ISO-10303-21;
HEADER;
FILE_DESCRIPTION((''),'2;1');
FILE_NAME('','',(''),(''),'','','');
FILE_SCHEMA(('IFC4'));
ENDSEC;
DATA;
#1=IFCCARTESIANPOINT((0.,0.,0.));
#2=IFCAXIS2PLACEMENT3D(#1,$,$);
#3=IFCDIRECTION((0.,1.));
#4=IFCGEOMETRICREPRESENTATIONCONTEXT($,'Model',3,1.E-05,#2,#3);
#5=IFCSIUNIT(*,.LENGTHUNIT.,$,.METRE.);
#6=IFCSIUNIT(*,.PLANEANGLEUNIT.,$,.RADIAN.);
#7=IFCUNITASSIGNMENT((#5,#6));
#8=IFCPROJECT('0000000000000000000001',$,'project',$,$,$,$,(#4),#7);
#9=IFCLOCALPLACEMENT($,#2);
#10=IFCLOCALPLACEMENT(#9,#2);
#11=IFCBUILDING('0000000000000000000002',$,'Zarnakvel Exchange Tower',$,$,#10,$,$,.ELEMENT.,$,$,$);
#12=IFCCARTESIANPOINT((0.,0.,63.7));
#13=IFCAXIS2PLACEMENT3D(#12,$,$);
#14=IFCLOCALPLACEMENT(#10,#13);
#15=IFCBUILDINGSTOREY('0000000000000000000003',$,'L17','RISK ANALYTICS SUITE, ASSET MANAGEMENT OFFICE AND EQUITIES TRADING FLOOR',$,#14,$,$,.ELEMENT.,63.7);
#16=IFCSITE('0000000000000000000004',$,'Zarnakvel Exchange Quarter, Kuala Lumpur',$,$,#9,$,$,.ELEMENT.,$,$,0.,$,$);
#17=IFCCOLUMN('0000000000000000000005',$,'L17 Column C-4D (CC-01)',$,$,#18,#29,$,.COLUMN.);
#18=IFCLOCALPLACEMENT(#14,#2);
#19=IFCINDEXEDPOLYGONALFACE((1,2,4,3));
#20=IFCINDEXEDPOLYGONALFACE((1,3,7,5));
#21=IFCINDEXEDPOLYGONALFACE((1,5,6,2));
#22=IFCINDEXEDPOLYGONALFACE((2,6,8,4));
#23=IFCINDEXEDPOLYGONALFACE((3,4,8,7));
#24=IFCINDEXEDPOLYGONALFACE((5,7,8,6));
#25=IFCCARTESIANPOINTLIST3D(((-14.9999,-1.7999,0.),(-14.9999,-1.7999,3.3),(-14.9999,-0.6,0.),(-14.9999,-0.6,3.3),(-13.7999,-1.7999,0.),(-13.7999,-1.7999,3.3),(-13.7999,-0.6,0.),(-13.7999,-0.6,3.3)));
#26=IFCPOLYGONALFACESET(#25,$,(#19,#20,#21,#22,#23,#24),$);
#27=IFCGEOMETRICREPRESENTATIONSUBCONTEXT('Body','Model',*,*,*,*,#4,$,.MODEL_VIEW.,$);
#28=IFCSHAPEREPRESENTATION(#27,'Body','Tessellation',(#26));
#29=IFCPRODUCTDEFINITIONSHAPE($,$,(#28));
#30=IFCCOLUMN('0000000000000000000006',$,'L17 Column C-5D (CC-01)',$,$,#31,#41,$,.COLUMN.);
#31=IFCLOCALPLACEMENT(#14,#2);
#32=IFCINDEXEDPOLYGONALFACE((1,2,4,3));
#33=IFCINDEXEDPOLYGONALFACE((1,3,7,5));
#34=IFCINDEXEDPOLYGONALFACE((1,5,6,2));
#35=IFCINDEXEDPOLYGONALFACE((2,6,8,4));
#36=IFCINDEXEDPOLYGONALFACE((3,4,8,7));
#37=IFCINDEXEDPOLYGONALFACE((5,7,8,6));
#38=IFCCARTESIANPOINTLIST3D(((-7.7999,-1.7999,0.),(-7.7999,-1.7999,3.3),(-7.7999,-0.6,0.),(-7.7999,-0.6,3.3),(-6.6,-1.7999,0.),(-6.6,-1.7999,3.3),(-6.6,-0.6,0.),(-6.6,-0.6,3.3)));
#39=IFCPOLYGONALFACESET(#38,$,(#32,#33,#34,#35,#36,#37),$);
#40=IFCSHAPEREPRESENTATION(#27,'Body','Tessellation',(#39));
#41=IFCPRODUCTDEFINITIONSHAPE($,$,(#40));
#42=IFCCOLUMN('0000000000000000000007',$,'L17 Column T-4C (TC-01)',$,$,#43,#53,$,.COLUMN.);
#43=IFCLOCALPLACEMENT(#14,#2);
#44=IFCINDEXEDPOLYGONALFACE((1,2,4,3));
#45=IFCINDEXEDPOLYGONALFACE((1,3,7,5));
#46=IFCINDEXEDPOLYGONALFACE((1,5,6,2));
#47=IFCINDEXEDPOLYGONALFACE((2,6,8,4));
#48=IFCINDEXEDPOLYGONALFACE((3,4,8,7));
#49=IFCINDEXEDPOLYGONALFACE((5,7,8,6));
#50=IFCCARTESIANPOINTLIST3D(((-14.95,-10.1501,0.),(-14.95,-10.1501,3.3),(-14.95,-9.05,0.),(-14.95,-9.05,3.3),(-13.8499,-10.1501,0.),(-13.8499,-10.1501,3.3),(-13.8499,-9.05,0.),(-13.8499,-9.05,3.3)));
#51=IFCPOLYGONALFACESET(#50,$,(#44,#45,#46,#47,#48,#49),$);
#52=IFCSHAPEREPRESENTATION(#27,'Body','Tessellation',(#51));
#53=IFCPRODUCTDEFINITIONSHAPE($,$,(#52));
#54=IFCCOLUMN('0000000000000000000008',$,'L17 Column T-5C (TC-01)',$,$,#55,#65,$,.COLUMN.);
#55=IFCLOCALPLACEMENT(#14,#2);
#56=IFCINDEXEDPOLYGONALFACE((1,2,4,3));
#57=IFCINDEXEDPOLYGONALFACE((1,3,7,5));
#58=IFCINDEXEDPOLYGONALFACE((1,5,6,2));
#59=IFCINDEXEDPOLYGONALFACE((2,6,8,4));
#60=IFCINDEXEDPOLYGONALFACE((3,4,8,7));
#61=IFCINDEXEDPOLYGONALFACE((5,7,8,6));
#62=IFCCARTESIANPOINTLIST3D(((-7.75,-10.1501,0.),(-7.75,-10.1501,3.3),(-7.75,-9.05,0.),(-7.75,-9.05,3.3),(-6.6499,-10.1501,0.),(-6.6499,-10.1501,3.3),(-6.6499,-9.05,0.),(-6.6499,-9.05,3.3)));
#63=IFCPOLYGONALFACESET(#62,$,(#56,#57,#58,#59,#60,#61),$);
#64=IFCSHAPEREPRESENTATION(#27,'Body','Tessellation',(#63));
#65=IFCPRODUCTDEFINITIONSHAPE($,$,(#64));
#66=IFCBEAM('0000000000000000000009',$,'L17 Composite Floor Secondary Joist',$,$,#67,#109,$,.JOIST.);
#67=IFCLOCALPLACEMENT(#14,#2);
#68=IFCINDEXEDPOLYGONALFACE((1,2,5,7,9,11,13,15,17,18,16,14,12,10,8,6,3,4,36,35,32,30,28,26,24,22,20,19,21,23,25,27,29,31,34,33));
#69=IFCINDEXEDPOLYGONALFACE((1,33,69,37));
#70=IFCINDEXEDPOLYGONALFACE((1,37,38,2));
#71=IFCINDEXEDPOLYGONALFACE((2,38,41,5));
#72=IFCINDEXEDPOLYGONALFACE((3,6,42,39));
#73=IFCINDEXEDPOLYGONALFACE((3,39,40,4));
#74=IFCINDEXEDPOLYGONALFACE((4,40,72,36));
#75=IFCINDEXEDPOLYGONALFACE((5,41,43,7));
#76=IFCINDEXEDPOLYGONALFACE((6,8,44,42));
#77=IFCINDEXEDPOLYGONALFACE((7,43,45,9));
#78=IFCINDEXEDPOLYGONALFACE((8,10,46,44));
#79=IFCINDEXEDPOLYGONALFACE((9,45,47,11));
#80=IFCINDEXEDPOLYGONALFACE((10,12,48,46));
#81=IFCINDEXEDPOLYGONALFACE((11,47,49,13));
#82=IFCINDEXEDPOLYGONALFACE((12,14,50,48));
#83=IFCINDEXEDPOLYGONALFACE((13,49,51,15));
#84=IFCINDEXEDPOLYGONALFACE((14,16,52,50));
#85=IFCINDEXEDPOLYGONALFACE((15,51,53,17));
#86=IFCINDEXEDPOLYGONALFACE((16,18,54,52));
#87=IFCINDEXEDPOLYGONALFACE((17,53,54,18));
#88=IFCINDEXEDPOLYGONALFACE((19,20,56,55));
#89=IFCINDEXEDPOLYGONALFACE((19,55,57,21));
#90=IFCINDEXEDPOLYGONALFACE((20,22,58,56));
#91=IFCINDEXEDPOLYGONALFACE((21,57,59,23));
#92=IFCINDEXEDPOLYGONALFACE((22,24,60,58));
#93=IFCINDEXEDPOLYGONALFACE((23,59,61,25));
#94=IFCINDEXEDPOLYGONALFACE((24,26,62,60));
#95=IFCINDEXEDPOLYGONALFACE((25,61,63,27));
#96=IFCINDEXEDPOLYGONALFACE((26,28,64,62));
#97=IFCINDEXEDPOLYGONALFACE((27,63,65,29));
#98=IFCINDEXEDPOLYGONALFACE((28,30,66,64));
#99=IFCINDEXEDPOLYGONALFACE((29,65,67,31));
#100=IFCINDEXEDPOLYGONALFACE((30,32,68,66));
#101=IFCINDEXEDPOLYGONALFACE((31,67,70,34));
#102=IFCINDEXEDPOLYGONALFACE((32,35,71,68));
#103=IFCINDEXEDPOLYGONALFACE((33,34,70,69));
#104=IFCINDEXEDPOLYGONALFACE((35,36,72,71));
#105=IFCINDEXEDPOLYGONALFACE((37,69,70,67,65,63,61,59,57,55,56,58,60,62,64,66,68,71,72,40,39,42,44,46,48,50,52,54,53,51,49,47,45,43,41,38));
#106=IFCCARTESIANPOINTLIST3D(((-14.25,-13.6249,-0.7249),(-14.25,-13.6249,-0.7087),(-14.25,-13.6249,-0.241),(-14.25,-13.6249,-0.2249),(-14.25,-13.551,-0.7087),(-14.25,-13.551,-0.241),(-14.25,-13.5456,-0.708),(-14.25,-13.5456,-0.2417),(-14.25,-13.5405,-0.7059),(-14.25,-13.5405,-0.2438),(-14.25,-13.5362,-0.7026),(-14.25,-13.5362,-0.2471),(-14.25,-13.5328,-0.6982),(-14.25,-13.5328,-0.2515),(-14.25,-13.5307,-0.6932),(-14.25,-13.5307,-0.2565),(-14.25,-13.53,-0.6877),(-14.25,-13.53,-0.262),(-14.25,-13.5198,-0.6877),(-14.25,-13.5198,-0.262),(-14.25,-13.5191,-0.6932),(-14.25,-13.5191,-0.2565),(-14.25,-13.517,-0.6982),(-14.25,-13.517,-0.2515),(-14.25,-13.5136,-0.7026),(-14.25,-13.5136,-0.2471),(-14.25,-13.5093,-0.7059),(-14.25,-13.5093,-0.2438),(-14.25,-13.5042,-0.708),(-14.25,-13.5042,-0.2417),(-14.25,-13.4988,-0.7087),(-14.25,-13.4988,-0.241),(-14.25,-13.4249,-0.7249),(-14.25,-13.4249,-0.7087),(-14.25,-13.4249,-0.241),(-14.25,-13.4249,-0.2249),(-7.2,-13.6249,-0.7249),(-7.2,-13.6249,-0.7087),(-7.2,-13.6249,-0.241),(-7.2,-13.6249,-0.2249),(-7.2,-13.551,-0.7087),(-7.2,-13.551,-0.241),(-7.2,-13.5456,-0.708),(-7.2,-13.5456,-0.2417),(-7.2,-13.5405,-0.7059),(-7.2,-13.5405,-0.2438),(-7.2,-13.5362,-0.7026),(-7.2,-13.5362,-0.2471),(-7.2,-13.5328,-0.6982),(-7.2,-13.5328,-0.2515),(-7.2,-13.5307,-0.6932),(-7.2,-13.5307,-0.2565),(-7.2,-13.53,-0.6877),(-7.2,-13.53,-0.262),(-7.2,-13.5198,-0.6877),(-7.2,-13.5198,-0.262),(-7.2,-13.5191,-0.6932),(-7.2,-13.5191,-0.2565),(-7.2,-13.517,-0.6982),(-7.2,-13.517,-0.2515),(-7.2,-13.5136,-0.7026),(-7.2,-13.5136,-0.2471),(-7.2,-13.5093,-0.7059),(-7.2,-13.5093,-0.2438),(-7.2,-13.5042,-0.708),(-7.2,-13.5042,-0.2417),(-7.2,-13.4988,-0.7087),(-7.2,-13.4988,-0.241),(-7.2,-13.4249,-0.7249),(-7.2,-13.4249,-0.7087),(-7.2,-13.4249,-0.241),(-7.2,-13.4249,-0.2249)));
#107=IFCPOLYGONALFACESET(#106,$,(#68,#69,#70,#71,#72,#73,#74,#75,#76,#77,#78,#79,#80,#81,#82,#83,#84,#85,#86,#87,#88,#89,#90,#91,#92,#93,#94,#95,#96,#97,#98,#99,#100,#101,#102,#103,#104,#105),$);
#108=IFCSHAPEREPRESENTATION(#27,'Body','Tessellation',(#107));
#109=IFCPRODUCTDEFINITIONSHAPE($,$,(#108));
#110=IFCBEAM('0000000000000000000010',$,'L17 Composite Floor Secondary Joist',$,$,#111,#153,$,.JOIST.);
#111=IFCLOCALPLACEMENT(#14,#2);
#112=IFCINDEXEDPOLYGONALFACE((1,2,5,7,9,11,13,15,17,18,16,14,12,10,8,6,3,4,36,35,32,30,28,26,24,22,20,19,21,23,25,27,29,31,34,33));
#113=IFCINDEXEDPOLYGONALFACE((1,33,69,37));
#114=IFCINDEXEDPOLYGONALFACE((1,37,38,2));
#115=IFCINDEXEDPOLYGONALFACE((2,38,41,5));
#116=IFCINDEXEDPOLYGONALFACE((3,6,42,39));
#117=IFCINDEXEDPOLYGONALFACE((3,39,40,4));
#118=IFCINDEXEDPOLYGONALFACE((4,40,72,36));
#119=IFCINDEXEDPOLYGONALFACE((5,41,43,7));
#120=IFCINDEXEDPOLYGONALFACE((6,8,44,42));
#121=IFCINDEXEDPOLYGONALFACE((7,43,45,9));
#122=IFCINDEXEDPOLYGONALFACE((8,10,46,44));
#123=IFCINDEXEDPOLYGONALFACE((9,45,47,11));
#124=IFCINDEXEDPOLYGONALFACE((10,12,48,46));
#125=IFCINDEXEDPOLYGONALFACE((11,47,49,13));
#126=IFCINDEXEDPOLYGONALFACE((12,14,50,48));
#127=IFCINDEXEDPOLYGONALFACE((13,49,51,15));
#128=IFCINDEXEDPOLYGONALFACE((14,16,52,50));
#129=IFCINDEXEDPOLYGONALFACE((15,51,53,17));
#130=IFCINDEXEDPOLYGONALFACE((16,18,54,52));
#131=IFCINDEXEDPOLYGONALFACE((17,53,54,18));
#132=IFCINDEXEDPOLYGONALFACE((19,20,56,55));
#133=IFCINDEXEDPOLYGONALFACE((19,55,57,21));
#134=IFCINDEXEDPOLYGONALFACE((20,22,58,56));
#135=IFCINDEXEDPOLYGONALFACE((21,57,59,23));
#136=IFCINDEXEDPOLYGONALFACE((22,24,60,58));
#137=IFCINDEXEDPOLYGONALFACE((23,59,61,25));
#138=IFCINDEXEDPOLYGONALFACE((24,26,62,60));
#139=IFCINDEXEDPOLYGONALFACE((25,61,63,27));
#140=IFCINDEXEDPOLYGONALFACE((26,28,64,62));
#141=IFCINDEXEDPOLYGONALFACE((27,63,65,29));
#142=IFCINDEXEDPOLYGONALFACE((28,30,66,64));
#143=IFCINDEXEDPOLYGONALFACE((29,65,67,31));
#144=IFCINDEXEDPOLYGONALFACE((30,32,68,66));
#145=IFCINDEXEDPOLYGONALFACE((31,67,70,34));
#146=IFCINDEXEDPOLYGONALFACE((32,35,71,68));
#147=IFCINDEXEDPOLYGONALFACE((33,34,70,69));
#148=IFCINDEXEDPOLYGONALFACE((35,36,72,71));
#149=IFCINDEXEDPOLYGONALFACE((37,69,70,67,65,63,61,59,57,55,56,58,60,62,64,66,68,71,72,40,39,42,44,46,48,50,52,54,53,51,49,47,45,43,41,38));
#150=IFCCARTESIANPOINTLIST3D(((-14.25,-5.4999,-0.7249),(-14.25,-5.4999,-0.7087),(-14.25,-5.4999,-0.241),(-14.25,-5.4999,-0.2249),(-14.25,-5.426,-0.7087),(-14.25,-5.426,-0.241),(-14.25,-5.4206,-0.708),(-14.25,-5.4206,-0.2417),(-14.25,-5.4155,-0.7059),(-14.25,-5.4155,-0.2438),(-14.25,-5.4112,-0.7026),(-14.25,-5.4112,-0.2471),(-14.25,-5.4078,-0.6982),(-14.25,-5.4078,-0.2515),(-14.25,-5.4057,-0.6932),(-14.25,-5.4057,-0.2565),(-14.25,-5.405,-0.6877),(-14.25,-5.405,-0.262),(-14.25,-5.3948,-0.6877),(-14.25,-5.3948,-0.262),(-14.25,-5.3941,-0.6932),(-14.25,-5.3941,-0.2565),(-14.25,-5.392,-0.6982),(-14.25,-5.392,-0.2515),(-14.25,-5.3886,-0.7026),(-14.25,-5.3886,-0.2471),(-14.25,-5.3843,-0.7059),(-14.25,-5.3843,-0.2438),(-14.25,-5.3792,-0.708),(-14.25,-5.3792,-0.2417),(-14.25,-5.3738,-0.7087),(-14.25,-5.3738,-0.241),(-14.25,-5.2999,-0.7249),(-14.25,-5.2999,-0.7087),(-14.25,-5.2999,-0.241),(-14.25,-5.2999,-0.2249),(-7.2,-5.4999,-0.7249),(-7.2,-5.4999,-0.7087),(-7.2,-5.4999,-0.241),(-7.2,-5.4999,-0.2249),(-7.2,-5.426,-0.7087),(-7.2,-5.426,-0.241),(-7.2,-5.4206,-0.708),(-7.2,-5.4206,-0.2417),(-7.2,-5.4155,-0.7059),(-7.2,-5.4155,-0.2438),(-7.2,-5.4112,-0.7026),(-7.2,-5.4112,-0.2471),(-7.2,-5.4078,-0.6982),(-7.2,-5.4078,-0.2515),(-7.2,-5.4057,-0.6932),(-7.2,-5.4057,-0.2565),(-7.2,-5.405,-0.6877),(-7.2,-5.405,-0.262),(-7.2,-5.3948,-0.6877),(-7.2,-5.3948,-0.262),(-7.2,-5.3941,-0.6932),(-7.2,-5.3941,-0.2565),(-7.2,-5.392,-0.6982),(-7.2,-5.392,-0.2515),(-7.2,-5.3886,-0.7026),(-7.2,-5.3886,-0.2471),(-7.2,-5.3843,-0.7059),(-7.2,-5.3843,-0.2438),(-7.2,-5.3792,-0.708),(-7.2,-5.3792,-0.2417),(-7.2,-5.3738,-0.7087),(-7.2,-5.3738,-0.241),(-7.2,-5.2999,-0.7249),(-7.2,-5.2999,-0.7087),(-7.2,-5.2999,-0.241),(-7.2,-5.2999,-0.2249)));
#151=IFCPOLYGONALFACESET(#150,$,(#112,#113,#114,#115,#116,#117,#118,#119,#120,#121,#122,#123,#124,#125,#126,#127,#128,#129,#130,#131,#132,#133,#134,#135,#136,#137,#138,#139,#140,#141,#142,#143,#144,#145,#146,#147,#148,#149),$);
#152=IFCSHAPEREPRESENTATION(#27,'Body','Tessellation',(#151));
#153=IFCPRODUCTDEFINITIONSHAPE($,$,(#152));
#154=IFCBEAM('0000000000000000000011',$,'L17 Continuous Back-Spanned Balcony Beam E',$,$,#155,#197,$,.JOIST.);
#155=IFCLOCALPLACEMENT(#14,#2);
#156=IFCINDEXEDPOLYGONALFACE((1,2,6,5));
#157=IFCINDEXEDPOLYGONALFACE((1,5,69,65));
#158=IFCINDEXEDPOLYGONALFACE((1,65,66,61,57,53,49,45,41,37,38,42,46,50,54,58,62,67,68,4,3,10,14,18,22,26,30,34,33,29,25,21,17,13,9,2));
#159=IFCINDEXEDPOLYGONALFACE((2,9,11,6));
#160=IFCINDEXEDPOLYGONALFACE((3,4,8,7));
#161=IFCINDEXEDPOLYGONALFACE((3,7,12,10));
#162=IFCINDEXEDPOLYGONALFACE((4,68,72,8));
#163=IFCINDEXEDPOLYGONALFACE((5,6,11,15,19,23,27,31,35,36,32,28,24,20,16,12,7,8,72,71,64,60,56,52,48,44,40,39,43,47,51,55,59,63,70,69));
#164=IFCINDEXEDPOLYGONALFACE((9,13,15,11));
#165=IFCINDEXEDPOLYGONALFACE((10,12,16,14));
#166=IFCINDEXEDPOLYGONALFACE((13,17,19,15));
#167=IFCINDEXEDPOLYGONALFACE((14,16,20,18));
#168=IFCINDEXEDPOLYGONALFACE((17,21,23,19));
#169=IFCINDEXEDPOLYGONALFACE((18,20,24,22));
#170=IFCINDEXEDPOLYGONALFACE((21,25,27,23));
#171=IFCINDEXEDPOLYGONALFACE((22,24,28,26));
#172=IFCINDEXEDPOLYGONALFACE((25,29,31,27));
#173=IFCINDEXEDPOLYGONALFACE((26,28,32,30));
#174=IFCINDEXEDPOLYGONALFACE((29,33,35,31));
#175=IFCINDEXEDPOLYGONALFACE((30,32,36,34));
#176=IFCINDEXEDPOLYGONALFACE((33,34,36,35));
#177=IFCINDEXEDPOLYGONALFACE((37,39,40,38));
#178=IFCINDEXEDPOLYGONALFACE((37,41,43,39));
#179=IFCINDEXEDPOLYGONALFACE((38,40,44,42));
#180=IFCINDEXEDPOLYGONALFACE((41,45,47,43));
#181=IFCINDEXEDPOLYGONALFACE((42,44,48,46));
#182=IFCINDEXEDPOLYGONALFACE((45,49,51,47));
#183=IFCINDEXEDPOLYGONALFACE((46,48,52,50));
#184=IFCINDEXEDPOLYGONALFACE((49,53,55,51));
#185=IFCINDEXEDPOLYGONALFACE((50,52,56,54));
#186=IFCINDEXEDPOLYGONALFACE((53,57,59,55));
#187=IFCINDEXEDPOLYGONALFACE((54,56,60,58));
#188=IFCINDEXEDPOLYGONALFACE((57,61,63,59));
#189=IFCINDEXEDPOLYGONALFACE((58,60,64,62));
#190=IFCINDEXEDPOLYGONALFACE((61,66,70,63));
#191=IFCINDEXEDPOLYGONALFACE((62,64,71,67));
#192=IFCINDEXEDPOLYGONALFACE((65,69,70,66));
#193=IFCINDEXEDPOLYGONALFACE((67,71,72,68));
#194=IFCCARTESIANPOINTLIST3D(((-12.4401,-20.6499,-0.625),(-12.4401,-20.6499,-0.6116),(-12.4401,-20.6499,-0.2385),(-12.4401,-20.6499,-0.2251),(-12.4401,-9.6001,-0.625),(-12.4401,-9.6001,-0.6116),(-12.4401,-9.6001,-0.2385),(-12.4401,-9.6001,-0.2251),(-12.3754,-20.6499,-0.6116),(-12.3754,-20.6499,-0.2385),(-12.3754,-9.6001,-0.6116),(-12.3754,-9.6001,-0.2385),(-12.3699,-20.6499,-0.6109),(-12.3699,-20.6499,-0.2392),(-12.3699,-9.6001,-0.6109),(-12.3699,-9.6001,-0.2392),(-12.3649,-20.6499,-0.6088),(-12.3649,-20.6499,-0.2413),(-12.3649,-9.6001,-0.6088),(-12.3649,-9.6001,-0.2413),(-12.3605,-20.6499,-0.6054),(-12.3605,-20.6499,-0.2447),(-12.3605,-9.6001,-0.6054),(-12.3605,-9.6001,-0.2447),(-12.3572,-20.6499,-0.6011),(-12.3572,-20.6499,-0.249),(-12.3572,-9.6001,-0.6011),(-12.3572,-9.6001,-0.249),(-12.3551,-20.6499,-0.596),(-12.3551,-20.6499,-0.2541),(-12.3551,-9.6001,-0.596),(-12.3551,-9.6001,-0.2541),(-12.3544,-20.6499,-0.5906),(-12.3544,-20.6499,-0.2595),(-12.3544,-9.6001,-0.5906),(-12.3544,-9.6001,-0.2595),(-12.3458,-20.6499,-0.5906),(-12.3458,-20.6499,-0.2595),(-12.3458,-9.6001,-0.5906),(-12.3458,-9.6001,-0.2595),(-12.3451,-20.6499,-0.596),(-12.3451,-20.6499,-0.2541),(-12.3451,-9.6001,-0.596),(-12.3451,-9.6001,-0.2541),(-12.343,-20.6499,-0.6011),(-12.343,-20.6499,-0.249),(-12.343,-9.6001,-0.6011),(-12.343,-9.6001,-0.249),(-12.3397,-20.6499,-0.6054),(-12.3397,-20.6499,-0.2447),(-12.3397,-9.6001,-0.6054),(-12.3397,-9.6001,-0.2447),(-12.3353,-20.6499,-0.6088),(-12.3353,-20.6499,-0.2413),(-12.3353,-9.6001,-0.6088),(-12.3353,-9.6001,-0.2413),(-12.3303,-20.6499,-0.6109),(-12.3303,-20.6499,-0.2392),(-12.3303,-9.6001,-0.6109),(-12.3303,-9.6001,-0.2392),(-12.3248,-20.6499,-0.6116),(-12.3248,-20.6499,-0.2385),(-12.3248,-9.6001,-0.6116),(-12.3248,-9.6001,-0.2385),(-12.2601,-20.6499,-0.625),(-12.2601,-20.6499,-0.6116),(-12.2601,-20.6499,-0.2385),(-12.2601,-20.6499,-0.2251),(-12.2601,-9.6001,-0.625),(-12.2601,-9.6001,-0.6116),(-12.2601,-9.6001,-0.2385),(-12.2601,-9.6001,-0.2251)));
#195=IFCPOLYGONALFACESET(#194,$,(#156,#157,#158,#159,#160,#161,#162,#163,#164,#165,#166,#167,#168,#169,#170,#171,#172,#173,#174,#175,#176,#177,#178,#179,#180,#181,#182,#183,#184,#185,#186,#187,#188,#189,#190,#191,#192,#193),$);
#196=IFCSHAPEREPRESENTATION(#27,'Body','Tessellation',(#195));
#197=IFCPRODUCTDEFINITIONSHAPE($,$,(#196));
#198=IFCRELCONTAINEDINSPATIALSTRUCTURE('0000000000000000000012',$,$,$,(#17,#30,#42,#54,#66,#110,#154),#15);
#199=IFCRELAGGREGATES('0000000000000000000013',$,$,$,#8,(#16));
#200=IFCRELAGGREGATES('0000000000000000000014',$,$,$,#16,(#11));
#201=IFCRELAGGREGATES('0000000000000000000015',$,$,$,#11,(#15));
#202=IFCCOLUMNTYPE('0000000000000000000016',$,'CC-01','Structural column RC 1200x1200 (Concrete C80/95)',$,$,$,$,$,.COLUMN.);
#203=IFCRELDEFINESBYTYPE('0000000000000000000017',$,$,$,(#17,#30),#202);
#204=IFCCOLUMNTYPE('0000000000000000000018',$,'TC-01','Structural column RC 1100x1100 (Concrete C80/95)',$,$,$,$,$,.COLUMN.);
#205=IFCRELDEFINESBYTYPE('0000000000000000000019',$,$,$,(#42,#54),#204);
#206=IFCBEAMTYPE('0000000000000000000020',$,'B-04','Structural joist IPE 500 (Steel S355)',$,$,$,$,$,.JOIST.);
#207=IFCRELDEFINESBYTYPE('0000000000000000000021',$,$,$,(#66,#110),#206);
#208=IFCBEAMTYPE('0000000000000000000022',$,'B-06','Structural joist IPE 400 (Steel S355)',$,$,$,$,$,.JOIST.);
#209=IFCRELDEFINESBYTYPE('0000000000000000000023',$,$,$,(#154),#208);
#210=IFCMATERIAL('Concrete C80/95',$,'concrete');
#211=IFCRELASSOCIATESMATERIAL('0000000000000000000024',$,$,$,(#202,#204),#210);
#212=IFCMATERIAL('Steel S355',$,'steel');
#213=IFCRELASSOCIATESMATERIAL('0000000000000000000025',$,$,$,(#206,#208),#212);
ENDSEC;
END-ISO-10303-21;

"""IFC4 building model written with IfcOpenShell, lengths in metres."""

from ifc_helpers import new_model, si_unit, direction, frame, origin, origin_2d, place, context, subcontext, project, spatial, rectangle, i_section, extrude, material, material_profile, profile_set, type_object, element, save


model = new_model("IFC4")

# Units and contexts
model_context = context("Model", 3, precision=1e-05, world=origin(), true_north=direction((0.0, 1.0)))
body_context = subcontext(model_context, "Body", "Model", "MODEL_VIEW")
ifc_project = project(units=[si_unit("LENGTHUNIT", "METRE"), si_unit("PLANEANGLEUNIT", "RADIAN")], contexts=[model_context])

# Site, building, storey
site_placement = place(None, origin())
site = spatial("IfcSite", under=ifc_project, at=site_placement, Name="Zarnakvel Exchange Quarter, Kuala Lumpur", CompositionType="ELEMENT", RefElevation=0.0)
building_placement = place(site_placement, origin())
building = spatial("IfcBuilding", under=site, at=building_placement, Name="Zarnakvel Exchange Tower", CompositionType="ELEMENT")
storey_placement = place(building_placement, frame((0.0, 0.0, 63.7)))
storey = spatial("IfcBuildingStorey", under=building, at=storey_placement, Name="L17", Description="RISK ANALYTICS SUITE, ASSET MANAGEMENT OFFICE AND EQUITIES TRADING FLOOR", CompositionType="ELEMENT", Elevation=63.7)

# Columns
ifc_material_1 = material(Name="Concrete C80/95", Category="concrete")
ifc_material_profile_1 = material_profile(ifc_material_1, rectangle(XDim=1.2, YDim=1.2, at=origin_2d()))
ifc_profile_set_1 = profile_set([ifc_material_profile_1], Name="Concrete C80/95")
column_type_1 = type_object("IfcColumnType", Name="CC-01", Description="Structural column RC 1200x1200 (Concrete C80/95)", PredefinedType="COLUMN", material=ifc_profile_set_1)
for number, where, z_axis, x_axis, name in (
    (1, (-14.3999, -1.2, 0.0), (0.0, 0.0, 1.0), (1.0, 0.0, 0.0), "L17 Column C-4D (CC-01)"),
    (2, (-7.2, -1.2, 0.0), (0.0, 0.0, 1.0), (1.0, 0.0, 0.0), "L17 Column C-5D (CC-01)"),
):
    element("IfcColumn", number, at=place(storey_placement, frame(where, z_axis=z_axis, x_axis=x_axis)), inside=storey, type_object=column_type_1, Name=name, PredefinedType="COLUMN", context=body_context, shape_type="SweptSolid", body=[
        extrude(rectangle(XDim=1.2, YDim=1.2, at=origin_2d()), origin(), (0.0, 0.0, 1.0), 3.3),
    ])
ifc_material_profile_2 = material_profile(ifc_material_1, rectangle(XDim=1.1001, YDim=1.1001, at=origin_2d()))
ifc_profile_set_2 = profile_set([ifc_material_profile_2], Name="Concrete C80/95")
column_type_2 = type_object("IfcColumnType", Name="TC-01", Description="Structural column RC 1100x1100 (Concrete C80/95)", PredefinedType="COLUMN", material=ifc_profile_set_2)
for number, where, z_axis, x_axis, name in (
    (3, (-14.3999, -9.6001, 0.0), (0.0, 0.0, 1.0), (1.0, 0.0, 0.0), "L17 Column T-4C (TC-01)"),
    (4, (-7.2, -9.6001, 0.0), (0.0, 0.0, 1.0), (1.0, 0.0, 0.0), "L17 Column T-5C (TC-01)"),
):
    element("IfcColumn", number, at=place(storey_placement, frame(where, z_axis=z_axis, x_axis=x_axis)), inside=storey, type_object=column_type_2, Name=name, PredefinedType="COLUMN", context=body_context, shape_type="SweptSolid", body=[
        extrude(rectangle(XDim=1.1001, YDim=1.1001, at=origin_2d()), origin(), (0.0, 0.0, 1.0), 3.3),
    ])

# Beams
ifc_material_2 = material(Name="Steel S355", Category="steel")
ifc_material_profile_3 = material_profile(ifc_material_2, i_section(OverallWidth=0.2, OverallDepth=0.5, WebThickness=0.0103, FlangeThickness=0.0161, FilletRadius=0.021, at=origin_2d()))
ifc_profile_set_3 = profile_set([ifc_material_profile_3], Name="Steel S355")
beam_type_1 = type_object("IfcBeamType", Name="B-04", Description="Structural joist IPE 500 (Steel S355)", PredefinedType="JOIST", material=ifc_profile_set_3)
for number, where, z_axis, x_axis, name in (
    (5, (-14.25, -13.5249, -0.4749), (1.0, 0.0, 0.0), (0.0, 1.0, 0.0), "L17 Composite Floor Secondary Joist"),
    (6, (-14.25, -5.3999, -0.4749), (1.0, 0.0, 0.0), (0.0, 1.0, 0.0), "L17 Composite Floor Secondary Joist"),
):
    element("IfcBeam", number, at=place(storey_placement, frame(where, z_axis=z_axis, x_axis=x_axis)), inside=storey, type_object=beam_type_1, Name=name, PredefinedType="JOIST", context=body_context, shape_type="SweptSolid", body=[
        extrude(i_section(OverallWidth=0.2, OverallDepth=0.5, WebThickness=0.0103, FlangeThickness=0.0161, FilletRadius=0.021, at=origin_2d()), origin(), (0.0, 0.0, 1.0), 7.05),
    ])
ifc_material_profile_4 = material_profile(ifc_material_2, i_section(OverallWidth=0.1799, OverallDepth=0.3999, WebThickness=0.0085, FlangeThickness=0.0134, FilletRadius=0.021, at=origin_2d()))
ifc_profile_set_4 = profile_set([ifc_material_profile_4], Name="Steel S355")
beam_type_2 = type_object("IfcBeamType", Name="B-06", Description="Structural joist IPE 400 (Steel S355)", PredefinedType="JOIST", material=ifc_profile_set_4)
beam_1_placement = place(storey_placement, frame((-12.3501, -9.6001, -0.425), z_axis=(0.0, -1.0, 0.0), x_axis=(1.0, 0.0, 0.0)))
element("IfcBeam", 7, at=beam_1_placement, inside=storey, type_object=beam_type_2, Name="L17 Continuous Back-Spanned Balcony Beam E", PredefinedType="JOIST", context=body_context, shape_type="SweptSolid", body=[
    extrude(i_section(OverallWidth=0.1799, OverallDepth=0.3999, WebThickness=0.0085, FlangeThickness=0.0134, FilletRadius=0.021, at=origin_2d()), origin(), (0.0, 0.0, 1.0), 11.0498),
])

save(model, "model.ifc")
